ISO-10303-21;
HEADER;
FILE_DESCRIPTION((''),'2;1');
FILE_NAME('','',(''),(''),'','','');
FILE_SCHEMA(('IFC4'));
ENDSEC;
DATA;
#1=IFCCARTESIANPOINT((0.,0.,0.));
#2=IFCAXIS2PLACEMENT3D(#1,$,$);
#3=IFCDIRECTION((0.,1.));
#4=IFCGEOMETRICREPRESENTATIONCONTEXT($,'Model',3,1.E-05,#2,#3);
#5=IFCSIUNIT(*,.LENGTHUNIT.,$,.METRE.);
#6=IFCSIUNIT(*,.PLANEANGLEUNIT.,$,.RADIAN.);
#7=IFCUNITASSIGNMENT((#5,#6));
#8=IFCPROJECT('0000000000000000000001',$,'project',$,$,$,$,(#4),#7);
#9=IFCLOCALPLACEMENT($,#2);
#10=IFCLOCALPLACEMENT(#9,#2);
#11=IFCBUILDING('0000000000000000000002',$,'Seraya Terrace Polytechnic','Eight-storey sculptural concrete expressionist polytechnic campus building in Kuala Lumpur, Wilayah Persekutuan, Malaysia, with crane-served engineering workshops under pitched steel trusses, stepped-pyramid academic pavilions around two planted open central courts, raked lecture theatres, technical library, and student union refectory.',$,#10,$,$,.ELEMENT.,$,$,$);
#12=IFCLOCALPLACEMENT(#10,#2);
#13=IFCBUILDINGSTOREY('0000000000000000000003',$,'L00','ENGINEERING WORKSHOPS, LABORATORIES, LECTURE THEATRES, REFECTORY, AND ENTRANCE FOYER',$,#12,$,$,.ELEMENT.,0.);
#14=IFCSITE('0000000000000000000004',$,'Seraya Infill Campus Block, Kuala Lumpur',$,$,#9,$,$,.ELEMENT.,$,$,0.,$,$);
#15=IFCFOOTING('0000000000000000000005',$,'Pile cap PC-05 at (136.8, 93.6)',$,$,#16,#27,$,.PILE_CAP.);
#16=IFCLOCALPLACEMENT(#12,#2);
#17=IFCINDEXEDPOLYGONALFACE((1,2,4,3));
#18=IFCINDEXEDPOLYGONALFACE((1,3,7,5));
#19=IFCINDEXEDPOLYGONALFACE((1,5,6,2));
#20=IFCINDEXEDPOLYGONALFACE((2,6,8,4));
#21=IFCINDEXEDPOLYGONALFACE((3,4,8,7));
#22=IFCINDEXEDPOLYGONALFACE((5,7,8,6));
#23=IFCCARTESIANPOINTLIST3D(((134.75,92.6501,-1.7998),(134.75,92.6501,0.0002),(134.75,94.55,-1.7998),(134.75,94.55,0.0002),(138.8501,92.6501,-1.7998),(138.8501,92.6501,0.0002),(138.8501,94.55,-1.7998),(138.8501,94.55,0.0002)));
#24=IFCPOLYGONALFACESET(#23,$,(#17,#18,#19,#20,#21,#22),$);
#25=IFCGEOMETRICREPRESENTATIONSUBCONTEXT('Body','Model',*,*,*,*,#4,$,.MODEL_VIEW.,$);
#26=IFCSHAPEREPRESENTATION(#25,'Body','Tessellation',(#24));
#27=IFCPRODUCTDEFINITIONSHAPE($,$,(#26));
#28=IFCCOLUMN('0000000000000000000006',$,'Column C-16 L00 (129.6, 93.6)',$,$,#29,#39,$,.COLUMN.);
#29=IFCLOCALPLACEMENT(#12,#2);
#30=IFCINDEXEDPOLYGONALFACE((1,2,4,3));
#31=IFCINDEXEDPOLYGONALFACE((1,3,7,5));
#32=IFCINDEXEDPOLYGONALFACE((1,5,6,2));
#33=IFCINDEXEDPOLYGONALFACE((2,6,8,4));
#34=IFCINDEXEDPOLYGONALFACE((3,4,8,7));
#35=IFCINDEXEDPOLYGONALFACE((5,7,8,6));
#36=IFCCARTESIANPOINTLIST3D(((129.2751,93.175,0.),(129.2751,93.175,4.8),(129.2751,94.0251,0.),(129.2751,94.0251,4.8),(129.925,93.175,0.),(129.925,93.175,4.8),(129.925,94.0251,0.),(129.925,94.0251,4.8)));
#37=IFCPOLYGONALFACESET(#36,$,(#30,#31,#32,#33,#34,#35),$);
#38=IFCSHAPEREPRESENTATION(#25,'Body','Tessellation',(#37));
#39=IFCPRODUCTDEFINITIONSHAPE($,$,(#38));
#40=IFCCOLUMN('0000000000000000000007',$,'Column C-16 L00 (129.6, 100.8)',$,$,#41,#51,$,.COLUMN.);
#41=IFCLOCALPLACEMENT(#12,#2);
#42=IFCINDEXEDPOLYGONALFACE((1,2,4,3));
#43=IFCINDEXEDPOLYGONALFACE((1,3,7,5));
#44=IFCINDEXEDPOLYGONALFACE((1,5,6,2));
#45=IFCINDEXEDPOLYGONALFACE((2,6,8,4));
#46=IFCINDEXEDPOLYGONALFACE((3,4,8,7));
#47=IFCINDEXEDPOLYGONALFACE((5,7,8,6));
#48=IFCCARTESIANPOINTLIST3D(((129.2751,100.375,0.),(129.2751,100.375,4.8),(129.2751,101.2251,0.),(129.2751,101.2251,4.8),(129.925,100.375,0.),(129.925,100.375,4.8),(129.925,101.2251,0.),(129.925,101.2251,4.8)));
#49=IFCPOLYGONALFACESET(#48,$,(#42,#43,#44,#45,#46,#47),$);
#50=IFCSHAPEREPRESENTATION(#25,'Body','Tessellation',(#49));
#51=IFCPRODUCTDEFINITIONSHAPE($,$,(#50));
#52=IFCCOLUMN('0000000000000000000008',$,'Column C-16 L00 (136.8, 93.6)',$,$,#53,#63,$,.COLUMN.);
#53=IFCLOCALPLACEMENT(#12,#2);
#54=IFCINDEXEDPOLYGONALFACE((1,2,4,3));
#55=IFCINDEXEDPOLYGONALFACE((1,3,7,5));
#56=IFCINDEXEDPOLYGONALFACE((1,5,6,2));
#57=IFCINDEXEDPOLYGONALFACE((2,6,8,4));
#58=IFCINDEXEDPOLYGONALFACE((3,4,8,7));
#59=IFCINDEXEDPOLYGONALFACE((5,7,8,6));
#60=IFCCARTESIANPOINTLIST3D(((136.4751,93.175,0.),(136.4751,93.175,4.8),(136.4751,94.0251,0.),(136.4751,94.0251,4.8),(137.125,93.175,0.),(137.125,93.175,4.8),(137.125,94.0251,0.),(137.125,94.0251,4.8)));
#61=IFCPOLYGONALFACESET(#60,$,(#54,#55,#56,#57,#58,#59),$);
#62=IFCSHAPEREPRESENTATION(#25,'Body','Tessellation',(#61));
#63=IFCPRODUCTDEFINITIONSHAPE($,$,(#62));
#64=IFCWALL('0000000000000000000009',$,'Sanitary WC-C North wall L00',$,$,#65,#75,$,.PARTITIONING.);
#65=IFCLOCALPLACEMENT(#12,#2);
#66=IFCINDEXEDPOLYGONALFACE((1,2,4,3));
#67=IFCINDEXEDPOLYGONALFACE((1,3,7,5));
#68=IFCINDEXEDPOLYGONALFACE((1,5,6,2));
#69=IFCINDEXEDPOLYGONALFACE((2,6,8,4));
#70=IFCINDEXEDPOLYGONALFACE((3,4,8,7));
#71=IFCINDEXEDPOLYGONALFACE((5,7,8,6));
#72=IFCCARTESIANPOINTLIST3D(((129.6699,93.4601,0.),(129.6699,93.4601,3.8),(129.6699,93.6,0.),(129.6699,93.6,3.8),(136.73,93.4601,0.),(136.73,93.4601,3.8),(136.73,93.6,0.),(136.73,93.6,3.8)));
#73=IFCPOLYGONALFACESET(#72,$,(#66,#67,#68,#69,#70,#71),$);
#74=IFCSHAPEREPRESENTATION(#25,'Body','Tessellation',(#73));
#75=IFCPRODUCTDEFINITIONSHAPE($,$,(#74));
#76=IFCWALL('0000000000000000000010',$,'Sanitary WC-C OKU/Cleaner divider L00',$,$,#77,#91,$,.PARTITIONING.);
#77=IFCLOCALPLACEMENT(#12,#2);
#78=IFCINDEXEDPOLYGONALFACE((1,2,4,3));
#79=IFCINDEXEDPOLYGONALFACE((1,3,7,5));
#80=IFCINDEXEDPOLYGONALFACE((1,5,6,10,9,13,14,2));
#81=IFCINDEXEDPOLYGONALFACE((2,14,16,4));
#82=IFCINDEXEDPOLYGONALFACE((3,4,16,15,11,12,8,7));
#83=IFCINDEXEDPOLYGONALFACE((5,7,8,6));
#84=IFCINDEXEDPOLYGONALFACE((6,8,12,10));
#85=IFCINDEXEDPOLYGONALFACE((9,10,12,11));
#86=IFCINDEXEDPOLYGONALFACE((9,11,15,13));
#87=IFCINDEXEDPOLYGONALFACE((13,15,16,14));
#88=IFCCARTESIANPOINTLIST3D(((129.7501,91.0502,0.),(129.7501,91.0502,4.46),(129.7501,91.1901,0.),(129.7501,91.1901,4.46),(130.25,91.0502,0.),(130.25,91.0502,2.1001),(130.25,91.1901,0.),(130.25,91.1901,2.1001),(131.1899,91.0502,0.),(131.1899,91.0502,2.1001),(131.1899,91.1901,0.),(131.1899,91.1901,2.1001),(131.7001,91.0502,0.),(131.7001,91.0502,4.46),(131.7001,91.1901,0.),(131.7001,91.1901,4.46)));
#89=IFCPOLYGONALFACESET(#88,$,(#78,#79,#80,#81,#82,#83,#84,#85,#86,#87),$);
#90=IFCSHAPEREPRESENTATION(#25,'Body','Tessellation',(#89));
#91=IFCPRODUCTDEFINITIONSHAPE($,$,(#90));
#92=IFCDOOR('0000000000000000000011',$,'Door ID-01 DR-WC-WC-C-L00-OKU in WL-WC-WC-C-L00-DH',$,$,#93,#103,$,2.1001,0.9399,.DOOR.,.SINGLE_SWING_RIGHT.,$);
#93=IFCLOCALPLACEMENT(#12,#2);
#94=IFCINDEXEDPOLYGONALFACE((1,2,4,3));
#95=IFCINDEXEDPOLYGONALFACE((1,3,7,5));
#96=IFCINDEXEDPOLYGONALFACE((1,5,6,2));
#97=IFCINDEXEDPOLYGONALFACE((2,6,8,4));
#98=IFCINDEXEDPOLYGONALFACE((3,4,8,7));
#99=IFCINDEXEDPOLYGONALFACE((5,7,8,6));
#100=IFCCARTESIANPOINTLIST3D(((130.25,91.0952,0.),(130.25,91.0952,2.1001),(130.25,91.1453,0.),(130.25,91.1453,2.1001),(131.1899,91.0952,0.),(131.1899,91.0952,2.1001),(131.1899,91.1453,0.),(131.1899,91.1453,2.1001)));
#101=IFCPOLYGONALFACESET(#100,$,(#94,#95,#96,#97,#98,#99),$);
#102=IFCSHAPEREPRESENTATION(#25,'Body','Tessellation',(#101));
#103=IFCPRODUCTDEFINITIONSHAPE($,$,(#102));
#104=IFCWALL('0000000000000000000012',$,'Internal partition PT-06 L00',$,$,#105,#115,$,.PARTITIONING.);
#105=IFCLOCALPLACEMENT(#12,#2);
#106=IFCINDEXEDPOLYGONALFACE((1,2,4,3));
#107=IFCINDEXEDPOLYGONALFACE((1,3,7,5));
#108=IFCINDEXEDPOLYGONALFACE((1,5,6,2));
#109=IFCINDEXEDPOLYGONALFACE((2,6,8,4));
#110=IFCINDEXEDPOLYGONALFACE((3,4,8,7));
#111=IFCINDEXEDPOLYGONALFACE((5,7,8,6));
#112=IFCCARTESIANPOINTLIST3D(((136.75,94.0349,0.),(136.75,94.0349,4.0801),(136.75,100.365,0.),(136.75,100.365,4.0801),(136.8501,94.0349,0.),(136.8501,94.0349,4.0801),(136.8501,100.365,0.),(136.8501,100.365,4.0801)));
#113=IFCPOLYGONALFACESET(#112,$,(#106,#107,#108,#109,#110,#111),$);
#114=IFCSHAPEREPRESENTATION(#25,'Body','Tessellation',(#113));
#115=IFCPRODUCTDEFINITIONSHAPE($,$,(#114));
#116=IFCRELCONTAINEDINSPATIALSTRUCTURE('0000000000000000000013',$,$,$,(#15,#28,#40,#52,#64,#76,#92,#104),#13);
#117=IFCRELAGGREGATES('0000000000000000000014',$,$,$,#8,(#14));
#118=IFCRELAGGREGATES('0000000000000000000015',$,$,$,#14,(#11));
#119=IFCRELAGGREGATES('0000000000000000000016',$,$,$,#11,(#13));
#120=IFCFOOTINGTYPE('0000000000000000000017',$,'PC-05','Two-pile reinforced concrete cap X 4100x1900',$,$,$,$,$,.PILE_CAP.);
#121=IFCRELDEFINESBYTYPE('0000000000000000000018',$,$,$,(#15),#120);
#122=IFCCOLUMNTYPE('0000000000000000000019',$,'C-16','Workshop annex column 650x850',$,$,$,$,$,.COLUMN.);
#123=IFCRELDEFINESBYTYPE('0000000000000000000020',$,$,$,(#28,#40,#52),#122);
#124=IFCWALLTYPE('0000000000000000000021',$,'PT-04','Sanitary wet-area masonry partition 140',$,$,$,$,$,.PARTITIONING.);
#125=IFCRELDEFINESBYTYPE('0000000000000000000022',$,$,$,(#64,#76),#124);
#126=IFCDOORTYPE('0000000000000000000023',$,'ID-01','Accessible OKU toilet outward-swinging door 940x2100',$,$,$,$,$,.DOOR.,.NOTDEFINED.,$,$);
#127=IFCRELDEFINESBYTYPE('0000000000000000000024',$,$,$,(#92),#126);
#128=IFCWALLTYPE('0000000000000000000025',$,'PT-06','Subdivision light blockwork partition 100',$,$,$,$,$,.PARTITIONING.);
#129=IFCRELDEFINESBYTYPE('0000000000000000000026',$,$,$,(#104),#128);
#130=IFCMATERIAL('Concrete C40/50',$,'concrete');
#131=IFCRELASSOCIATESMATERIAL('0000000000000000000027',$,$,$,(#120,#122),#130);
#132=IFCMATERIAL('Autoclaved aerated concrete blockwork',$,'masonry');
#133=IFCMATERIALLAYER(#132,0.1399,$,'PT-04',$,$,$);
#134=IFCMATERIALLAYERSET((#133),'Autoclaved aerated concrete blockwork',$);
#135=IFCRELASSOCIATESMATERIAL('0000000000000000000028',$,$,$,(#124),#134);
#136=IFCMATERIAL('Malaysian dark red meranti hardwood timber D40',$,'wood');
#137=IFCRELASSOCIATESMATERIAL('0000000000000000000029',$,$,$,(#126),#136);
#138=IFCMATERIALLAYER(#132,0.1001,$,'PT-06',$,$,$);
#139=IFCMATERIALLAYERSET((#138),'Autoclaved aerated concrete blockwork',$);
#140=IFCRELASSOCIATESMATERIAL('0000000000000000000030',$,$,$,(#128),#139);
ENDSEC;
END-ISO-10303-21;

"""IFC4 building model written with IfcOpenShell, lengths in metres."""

from ifc_helpers import new_model, si_unit, direction, frame, frame_2d, origin, origin_2d, place, context, subcontext, project, spatial, rectangle, extrude, material, layer, layer_set, material_profile, profile_set, type_object, element, fill, save


model = new_model("IFC4")

# Units and contexts
model_context = context("Model", 3, precision=1e-05, world=origin(), true_north=direction((0.0, 1.0)))
body_context = subcontext(model_context, "Body", "Model", "MODEL_VIEW")
ifc_project = project(units=[si_unit("LENGTHUNIT", "METRE"), si_unit("PLANEANGLEUNIT", "RADIAN")], contexts=[model_context])

# Site, building, storey
site_placement = place(None, origin())
site = spatial("IfcSite", under=ifc_project, at=site_placement, Name="Seraya Infill Campus Block, Kuala Lumpur", CompositionType="ELEMENT", RefElevation=0.0)
building_placement = place(site_placement, origin())
building = spatial("IfcBuilding", under=site, at=building_placement, Name="Seraya Terrace Polytechnic", Description="Eight-storey sculptural concrete expressionist polytechnic campus building in Kuala Lumpur, Wilayah Persekutuan, Malaysia, with crane-served engineering workshops under pitched steel trusses, stepped-pyramid academic pavilions around two planted open central courts, raked lecture theatres, technical library, and student union refectory.", CompositionType="ELEMENT")
storey_placement = place(building_placement, origin())
storey = spatial("IfcBuildingStorey", under=building, at=storey_placement, Name="L00", Description="ENGINEERING WORKSHOPS, LABORATORIES, LECTURE THEATRES, REFECTORY, AND ENTRANCE FOYER", CompositionType="ELEMENT", Elevation=0.0)

# Shared definitions
ifc_material_1 = material(Name="Concrete C40/50", Category="concrete")

# Footing
footing_type_1 = type_object("IfcFootingType", Name="PC-05", Description="Two-pile reinforced concrete cap X 4100x1900", PredefinedType="PILE_CAP", material=ifc_material_1)
for number, where, z_axis, x_axis, name in (
    (1, (136.8, 93.6001, -1.7998), (0.0, 0.0, 1.0), (1.0, 0.0, 0.0), "Pile cap PC-05 at (136.8, 93.6)"),
):
    element("IfcFooting", number, at=place(storey_placement, frame(where, z_axis=z_axis, x_axis=x_axis)), inside=storey, type_object=footing_type_1, Name=name, PredefinedType="PILE_CAP", context=body_context, shape_type="SweptSolid", body=[
        extrude(rectangle(XDim=4.1001, YDim=1.8999, at=origin_2d()), origin(), (0.0, 0.0, 1.0), 1.8),
    ])

# Columns
ifc_material_profile_1 = material_profile(ifc_material_1, rectangle(XDim=0.6499, YDim=0.8501, at=origin_2d()), Name="RC 650x850")
ifc_profile_set_1 = profile_set([ifc_material_profile_1], Name="Concrete C40/50")
column_type = type_object("IfcColumnType", Name="C-16", Description="Workshop annex column 650x850", PredefinedType="COLUMN", material=ifc_profile_set_1)
for number, where, z_axis, x_axis, name in (
    (2, (129.6001, 93.6001, 0.0), (0.0, 0.0, 1.0), (1.0, 0.0, 0.0), "Column C-16 L00 (129.6, 93.6)"),
    (3, (129.6001, 100.8, 0.0), (0.0, 0.0, 1.0), (1.0, 0.0, 0.0), "Column C-16 L00 (129.6, 100.8)"),
    (4, (136.8, 93.6001, 0.0), (0.0, 0.0, 1.0), (1.0, 0.0, 0.0), "Column C-16 L00 (136.8, 93.6)"),
):
    element("IfcColumn", number, at=place(storey_placement, frame(where, z_axis=z_axis, x_axis=x_axis)), inside=storey, type_object=column_type, Name=name, PredefinedType="COLUMN", context=body_context, shape_type="SweptSolid", body=[
        extrude(rectangle(XDim=0.6499, YDim=0.8501, at=origin_2d()), origin(), (0.0, 0.0, 1.0), 4.8),
    ])

# Wall
ifc_material_2 = material(Name="Autoclaved aerated concrete blockwork", Category="masonry")
ifc_layer_1 = layer(ifc_material_2, 0.1399, Name="PT-04")
ifc_layer_set_1 = layer_set([ifc_layer_1], Name="Autoclaved aerated concrete blockwork")
wall_type_1 = type_object("IfcWallType", Name="PT-04", Description="Sanitary wet-area masonry partition 140", PredefinedType="PARTITIONING", material=ifc_layer_set_1)
wall_1_placement = place(storey_placement, frame((129.6699, 93.53, 0.0), z_axis=(0.0, 0.0, 1.0), x_axis=(1.0, 0.0, 0.0)))
element("IfcWall", 5, at=wall_1_placement, inside=storey, type_object=wall_type_1, Name="Sanitary WC-C North wall L00", PredefinedType="PARTITIONING", context=body_context, shape_type="SweptSolid", body=[
    extrude(rectangle(XDim=7.0601, YDim=0.1399, at=frame_2d((3.53, 0.0))), origin(), (0.0, 0.0, 1.0), 3.8),
])

# Wall, opening, door
wall_2_placement = place(storey_placement, frame((129.75, 91.1201, 0.0), z_axis=(0.0, 0.0, 1.0), x_axis=(1.0, 0.0, 0.0)))
wall_2 = element("IfcWall", 6, at=wall_2_placement, inside=storey, type_object=wall_type_1, Name="Sanitary WC-C OKU/Cleaner divider L00", PredefinedType="PARTITIONING", context=body_context, shape_type="SweptSolid", body=[
    extrude(rectangle(XDim=1.95, YDim=0.1399, at=frame_2d((0.9751, 0.0))), origin(), (0.0, 0.0, 1.0), 4.46),
])
opening_placement = place(wall_2_placement, frame((0.5, 0.0, 0.0)))
opening = element("IfcOpeningElement", 7, at=opening_placement, cuts=wall_2, PredefinedType="OPENING", context=body_context, shape_type="SweptSolid", body=[
    extrude(rectangle(XDim=0.9399, YDim=2.1001, at=frame_2d((0.47, 1.05))), frame((0.0, 0.082, 0.0), z_axis=(0.0, -1.0, 0.0), x_axis=(1.0, 0.0, 0.0)), (0.0, 0.0, 1.0), 0.1638),
])
ifc_material_3 = material(Name="Malaysian dark red meranti hardwood timber D40", Category="wood")
door_type = type_object("IfcDoorType", Name="ID-01", Description="Accessible OKU toilet outward-swinging door 940x2100", OperationType="NOTDEFINED", PredefinedType="DOOR", material=ifc_material_3)
door_placement = place(opening_placement, frame((0.9399, 0.0, 0.0), z_axis=(0.0, 0.0, 1.0), x_axis=(-1.0, 0.0, 0.0)))
door = element("IfcDoor", 8, at=door_placement, inside=storey, type_object=door_type, Name="Door ID-01 DR-WC-WC-C-L00-OKU in WL-WC-WC-C-L00-DH", OperationType="SINGLE_SWING_RIGHT", OverallHeight=2.1001, OverallWidth=0.9399, PredefinedType="DOOR", context=body_context, shape_type="SweptSolid", body=[
    extrude(rectangle(XDim=0.9399, YDim=2.1001, at=frame_2d((0.47, 1.05))), frame((0.0, 0.0249, 0.0), z_axis=(0.0, -1.0, 0.0), x_axis=(1.0, 0.0, 0.0)), (0.0, 0.0, 1.0), 0.05),
])
fill(opening, door)

# Wall
ifc_layer_2 = layer(ifc_material_2, 0.1001, Name="PT-06")
ifc_layer_set_2 = layer_set([ifc_layer_2], Name="Autoclaved aerated concrete blockwork")
wall_type_2 = type_object("IfcWallType", Name="PT-06", Description="Subdivision light blockwork partition 100", PredefinedType="PARTITIONING", material=ifc_layer_set_2)
wall_3_placement = place(storey_placement, frame((136.8, 94.0349, 0.0), z_axis=(0.0, 0.0, 1.0), x_axis=(0.0, 1.0, 0.0)))
element("IfcWall", 9, at=wall_3_placement, inside=storey, type_object=wall_type_2, Name="Internal partition PT-06 L00", PredefinedType="PARTITIONING", context=body_context, shape_type="SweptSolid", body=[
    extrude(rectangle(XDim=6.3301, YDim=0.1001, at=frame_2d((3.165, 0.0))), origin(), (0.0, 0.0, 1.0), 4.0801),
])

save(model, "model.ifc")
